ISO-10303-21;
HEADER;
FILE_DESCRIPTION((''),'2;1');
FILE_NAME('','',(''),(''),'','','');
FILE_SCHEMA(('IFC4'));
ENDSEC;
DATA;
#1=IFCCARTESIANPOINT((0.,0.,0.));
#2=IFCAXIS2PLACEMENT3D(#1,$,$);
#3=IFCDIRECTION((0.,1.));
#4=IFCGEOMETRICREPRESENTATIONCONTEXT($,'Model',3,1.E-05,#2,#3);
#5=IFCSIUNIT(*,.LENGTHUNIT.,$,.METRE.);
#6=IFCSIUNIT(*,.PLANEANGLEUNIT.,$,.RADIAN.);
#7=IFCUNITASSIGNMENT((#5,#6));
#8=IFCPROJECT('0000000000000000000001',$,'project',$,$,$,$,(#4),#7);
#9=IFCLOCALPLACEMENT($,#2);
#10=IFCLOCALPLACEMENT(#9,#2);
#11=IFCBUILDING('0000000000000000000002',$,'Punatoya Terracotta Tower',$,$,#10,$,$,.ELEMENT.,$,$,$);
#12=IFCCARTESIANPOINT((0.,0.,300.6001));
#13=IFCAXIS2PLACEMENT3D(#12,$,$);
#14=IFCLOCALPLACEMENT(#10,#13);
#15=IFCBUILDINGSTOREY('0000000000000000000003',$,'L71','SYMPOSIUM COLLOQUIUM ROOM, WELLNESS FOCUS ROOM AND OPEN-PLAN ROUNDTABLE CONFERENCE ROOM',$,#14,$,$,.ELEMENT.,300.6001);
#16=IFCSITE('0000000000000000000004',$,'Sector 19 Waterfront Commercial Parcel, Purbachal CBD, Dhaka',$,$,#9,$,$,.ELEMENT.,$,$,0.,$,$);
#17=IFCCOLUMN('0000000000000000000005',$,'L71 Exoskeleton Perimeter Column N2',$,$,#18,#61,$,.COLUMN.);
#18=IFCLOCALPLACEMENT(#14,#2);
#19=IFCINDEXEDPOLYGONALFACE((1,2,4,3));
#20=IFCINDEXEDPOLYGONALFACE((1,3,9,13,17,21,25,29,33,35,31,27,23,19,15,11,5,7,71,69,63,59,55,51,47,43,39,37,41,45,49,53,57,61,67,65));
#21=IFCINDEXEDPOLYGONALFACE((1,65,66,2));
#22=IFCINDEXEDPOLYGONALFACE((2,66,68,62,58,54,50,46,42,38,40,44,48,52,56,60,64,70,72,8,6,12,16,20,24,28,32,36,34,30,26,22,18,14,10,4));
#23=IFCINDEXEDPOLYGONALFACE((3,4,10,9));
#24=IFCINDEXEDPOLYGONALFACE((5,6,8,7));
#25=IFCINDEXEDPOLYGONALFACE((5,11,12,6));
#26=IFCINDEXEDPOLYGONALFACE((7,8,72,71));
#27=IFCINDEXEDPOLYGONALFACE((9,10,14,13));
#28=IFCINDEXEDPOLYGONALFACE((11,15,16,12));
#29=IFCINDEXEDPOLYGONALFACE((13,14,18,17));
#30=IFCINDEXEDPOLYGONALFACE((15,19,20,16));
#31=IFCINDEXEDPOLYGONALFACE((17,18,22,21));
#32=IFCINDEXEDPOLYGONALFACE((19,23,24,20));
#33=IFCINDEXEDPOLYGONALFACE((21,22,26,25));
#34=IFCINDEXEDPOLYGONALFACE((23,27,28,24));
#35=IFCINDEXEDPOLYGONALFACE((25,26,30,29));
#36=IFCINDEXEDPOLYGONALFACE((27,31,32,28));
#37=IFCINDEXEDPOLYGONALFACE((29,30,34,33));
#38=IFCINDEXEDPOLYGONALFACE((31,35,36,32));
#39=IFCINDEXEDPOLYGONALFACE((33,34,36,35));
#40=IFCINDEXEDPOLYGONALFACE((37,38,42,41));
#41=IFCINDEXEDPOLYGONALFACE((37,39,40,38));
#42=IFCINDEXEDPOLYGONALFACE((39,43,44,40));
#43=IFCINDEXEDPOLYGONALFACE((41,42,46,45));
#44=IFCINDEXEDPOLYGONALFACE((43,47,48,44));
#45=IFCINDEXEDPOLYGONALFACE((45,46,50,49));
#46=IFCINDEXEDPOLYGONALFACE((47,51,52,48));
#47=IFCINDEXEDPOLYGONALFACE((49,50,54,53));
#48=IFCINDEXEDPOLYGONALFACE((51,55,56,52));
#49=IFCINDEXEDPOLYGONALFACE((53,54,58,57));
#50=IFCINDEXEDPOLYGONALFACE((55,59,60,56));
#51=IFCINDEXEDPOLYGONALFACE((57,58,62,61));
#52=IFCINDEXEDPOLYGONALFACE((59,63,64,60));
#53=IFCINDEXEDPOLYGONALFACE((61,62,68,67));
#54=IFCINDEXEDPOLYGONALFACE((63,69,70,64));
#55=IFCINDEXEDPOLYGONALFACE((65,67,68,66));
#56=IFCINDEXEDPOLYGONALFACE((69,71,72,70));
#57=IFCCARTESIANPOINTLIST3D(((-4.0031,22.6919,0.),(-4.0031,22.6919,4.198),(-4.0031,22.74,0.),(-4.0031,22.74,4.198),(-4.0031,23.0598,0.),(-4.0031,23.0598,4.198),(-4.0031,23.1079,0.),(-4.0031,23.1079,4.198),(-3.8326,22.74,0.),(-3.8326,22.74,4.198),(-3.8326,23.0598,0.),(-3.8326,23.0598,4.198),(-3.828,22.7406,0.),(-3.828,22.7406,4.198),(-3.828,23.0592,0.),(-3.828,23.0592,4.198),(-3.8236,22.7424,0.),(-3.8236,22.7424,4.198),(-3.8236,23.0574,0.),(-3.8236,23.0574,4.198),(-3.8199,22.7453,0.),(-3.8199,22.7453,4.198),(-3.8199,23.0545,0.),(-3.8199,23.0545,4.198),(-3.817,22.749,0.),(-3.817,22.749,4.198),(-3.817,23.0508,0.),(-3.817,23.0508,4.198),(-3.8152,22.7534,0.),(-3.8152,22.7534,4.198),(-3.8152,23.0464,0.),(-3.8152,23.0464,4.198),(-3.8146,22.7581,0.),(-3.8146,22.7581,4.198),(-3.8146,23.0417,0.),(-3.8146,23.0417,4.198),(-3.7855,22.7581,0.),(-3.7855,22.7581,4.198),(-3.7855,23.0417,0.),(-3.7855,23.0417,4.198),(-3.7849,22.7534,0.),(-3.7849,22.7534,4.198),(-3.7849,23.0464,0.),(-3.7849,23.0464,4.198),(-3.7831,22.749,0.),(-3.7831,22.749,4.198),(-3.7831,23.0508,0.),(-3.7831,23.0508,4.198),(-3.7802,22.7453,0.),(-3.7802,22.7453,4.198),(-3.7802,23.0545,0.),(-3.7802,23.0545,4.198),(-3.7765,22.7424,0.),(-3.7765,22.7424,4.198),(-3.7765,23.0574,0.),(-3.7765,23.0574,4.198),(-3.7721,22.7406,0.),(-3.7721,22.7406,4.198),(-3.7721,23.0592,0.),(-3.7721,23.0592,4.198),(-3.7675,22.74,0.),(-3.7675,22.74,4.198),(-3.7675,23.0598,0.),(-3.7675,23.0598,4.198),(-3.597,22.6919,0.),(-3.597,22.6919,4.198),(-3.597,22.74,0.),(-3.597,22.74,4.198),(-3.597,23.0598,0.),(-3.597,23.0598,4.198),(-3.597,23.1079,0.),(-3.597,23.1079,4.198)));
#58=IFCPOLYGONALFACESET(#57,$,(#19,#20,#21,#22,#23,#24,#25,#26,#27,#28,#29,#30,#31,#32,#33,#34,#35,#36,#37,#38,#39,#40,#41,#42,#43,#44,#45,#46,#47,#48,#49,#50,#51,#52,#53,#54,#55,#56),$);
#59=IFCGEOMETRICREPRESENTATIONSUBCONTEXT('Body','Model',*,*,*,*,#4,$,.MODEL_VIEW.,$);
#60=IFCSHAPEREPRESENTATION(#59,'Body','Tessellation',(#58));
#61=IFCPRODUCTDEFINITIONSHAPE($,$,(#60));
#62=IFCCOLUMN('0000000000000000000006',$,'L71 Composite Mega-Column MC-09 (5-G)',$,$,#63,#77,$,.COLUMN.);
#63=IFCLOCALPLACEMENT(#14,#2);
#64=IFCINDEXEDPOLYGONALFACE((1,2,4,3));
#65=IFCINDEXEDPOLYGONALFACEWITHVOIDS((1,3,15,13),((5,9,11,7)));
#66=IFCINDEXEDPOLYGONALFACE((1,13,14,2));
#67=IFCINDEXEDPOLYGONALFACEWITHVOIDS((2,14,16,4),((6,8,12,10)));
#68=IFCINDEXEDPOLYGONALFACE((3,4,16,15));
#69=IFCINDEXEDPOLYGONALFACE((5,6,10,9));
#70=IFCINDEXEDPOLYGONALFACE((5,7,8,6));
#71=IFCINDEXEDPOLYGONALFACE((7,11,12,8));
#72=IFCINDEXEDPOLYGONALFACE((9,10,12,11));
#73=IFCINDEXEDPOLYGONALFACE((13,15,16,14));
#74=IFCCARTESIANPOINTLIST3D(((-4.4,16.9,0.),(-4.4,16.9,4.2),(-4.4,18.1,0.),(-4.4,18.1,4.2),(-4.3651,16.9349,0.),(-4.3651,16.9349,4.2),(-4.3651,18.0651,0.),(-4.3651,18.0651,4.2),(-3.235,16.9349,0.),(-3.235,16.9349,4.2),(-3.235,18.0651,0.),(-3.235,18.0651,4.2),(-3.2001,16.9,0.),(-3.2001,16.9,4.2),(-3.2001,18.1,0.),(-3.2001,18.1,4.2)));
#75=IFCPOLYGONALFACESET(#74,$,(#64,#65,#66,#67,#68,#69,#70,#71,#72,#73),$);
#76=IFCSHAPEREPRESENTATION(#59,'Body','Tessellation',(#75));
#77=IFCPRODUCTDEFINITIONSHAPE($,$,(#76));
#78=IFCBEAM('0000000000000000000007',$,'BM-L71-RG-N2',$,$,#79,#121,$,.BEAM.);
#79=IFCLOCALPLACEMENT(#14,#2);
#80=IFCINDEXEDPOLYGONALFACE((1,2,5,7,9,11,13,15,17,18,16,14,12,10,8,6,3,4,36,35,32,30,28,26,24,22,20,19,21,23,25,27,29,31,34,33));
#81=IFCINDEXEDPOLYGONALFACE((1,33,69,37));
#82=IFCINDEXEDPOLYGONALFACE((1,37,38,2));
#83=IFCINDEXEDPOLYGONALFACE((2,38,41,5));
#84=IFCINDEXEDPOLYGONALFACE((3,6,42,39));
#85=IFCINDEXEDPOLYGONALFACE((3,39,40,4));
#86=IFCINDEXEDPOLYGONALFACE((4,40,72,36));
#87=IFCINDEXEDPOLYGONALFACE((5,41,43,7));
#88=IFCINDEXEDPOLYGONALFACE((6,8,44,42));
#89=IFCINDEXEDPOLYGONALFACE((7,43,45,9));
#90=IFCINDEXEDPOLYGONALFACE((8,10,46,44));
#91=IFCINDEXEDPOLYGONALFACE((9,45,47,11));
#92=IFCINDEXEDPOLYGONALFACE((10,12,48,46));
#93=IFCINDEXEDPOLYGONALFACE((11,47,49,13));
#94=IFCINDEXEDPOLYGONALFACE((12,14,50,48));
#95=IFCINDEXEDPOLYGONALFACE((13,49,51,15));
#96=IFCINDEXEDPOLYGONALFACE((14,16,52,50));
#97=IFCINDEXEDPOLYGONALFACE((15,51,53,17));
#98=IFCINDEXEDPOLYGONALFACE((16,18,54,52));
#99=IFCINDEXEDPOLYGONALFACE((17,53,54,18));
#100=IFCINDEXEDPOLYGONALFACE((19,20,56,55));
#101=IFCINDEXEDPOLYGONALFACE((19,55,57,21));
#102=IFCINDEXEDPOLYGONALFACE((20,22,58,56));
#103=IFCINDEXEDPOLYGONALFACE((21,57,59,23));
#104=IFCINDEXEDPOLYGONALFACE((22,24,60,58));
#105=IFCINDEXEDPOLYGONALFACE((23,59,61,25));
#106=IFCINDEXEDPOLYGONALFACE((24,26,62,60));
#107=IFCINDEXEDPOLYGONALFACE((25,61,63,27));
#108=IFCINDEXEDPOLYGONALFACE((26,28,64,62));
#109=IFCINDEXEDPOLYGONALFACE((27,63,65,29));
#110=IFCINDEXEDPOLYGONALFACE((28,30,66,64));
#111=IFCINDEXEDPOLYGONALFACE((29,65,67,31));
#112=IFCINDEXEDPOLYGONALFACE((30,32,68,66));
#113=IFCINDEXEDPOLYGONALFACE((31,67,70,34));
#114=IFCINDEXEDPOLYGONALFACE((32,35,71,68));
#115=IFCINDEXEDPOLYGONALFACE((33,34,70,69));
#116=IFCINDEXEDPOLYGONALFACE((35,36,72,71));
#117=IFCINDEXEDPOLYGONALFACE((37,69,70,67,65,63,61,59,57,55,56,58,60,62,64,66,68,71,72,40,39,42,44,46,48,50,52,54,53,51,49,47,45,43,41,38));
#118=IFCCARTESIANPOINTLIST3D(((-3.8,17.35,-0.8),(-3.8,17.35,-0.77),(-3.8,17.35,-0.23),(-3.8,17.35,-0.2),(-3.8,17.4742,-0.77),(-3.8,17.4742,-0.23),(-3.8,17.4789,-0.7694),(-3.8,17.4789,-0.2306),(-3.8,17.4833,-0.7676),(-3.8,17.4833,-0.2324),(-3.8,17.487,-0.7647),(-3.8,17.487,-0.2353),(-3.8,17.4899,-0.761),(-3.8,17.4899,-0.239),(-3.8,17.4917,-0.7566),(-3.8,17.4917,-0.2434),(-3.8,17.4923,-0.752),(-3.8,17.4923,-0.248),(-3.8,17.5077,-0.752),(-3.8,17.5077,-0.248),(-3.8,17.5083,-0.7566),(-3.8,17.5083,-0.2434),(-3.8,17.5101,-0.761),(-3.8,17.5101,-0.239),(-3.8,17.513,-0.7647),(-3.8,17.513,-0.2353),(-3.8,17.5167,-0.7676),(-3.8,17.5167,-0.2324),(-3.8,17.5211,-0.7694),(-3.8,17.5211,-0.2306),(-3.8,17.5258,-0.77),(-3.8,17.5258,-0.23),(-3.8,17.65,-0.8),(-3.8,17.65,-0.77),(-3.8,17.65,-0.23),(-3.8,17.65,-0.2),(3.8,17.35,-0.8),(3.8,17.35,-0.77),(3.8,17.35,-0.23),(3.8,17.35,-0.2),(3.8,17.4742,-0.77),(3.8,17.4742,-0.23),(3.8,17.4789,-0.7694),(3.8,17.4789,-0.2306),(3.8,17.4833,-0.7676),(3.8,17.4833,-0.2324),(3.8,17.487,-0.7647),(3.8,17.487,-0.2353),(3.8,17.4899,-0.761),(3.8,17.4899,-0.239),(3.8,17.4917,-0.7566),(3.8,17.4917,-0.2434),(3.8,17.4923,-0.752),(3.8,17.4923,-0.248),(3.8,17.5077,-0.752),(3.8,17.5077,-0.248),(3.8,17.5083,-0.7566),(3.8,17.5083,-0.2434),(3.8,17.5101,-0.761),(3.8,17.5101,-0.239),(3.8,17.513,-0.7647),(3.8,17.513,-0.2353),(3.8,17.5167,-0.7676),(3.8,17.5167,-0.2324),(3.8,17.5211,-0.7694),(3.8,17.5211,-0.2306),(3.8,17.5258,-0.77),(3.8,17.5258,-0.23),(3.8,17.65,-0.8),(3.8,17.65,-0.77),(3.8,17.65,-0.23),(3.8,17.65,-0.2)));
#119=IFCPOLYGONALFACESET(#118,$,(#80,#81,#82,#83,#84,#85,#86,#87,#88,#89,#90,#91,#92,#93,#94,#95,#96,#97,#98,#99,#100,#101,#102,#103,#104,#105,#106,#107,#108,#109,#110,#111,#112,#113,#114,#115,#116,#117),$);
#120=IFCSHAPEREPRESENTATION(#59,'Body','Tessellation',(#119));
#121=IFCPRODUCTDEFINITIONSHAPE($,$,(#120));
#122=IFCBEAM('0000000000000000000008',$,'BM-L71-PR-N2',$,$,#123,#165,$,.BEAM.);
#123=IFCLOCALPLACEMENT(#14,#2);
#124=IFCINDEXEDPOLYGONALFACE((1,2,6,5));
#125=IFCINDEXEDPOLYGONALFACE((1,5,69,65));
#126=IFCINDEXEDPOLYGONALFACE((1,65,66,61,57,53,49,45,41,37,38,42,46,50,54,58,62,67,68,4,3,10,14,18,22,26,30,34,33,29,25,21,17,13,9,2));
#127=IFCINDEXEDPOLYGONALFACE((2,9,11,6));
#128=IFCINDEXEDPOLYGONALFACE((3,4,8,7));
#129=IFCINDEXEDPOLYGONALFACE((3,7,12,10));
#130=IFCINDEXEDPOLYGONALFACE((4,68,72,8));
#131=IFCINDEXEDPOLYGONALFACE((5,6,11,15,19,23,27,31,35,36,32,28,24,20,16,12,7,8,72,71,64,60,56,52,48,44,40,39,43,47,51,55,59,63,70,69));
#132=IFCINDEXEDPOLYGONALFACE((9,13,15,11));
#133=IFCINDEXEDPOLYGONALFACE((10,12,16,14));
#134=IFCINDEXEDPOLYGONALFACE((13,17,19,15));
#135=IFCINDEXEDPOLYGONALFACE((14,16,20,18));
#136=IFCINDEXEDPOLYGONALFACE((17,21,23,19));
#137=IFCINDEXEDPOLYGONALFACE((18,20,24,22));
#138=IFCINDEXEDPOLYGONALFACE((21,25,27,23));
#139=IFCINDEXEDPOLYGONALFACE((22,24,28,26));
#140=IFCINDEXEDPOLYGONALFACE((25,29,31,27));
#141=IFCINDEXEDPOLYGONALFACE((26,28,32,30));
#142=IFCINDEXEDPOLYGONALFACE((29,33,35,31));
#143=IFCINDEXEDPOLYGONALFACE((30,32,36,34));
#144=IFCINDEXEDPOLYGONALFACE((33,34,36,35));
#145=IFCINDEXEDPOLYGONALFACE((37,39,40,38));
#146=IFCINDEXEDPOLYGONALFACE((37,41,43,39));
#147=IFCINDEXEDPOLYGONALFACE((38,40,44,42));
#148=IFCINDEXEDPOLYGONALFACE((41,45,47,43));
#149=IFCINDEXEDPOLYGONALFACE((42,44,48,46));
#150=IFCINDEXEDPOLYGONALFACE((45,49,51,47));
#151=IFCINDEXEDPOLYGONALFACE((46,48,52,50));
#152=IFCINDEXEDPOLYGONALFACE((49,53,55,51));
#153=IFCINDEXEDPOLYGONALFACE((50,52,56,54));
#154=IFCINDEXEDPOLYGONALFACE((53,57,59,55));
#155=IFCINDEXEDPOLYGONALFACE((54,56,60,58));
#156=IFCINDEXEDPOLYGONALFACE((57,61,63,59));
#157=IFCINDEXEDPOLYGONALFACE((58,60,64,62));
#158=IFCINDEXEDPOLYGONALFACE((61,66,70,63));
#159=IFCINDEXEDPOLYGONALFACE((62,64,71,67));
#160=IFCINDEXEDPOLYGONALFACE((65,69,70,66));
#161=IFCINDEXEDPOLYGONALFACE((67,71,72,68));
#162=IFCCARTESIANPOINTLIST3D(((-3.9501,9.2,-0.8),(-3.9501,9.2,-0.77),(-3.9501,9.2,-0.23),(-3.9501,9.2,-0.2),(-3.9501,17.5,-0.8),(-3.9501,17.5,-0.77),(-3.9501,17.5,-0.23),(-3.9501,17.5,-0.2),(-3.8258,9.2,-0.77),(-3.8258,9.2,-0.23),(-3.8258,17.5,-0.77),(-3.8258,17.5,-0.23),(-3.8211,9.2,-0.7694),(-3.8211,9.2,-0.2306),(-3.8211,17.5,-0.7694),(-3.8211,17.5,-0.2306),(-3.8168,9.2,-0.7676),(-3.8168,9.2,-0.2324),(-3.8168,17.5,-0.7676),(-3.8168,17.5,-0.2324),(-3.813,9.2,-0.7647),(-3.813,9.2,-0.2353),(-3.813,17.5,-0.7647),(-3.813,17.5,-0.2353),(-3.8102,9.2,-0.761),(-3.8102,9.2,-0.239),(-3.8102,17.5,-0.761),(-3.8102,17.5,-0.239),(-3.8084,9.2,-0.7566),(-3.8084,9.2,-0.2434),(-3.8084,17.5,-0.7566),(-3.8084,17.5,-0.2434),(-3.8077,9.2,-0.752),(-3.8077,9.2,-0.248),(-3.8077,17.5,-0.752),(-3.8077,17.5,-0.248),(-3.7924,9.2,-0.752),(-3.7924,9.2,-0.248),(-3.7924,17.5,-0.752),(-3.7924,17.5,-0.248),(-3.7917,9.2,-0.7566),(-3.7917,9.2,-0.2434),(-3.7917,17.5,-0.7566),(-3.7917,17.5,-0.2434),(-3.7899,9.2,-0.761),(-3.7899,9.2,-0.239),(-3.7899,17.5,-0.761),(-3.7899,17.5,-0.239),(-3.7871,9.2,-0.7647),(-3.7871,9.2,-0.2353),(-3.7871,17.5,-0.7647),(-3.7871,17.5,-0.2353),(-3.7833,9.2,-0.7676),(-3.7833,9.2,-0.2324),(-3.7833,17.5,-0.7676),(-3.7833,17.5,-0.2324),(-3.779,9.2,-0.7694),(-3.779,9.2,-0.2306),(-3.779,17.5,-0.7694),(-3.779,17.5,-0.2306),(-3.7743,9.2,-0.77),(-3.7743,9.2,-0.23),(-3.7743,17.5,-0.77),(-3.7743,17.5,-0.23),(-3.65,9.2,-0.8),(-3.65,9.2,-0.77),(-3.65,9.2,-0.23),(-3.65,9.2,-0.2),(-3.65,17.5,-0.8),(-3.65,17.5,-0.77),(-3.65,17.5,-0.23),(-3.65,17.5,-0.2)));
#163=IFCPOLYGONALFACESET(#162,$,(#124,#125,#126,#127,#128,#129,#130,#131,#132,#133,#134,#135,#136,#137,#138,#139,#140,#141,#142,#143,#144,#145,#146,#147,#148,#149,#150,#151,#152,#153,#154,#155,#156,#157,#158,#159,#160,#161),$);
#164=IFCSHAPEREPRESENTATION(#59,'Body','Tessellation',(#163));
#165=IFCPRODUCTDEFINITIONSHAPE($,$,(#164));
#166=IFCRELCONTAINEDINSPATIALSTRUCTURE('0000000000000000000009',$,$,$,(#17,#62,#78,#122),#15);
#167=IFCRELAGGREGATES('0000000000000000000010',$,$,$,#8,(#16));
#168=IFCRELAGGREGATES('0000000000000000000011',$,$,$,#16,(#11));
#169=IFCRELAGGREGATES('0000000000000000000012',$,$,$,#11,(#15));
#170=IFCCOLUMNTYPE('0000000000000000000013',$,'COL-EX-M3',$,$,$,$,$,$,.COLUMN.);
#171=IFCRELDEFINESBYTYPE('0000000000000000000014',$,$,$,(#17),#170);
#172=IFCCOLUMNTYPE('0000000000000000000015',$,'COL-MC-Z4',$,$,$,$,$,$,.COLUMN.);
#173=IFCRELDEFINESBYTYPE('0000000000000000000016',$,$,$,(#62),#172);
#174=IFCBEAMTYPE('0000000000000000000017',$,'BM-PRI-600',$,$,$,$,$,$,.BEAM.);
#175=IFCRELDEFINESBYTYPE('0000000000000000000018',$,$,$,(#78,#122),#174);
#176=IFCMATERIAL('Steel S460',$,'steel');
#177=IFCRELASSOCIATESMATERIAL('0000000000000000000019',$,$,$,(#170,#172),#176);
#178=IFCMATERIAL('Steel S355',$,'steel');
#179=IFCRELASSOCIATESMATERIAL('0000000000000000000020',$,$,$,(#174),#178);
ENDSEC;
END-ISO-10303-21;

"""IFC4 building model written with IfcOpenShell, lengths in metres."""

from ifc_helpers import new_model, si_unit, direction, frame, origin, origin_2d, place, context, subcontext, project, spatial, hollow_rectangle, i_section, extrude, material, material_profile, profile_set, type_object, element, save


model = new_model("IFC4")

# Units and contexts
model_context = context("Model", 3, precision=1e-05, world=origin(), true_north=direction((0.0, 1.0)))
body_context = subcontext(model_context, "Body", "Model", "MODEL_VIEW")
ifc_project = project(units=[si_unit("LENGTHUNIT", "METRE"), si_unit("PLANEANGLEUNIT", "RADIAN")], contexts=[model_context])

# Site, building, storey
site_placement = place(None, origin())
site = spatial("IfcSite", under=ifc_project, at=site_placement, Name="Sector 19 Waterfront Commercial Parcel, Purbachal CBD, Dhaka", CompositionType="ELEMENT", RefElevation=0.0)
building_placement = place(site_placement, origin())
building = spatial("IfcBuilding", under=site, at=building_placement, Name="Punatoya Terracotta Tower", CompositionType="ELEMENT")
storey_placement = place(building_placement, frame((0.0, 0.0, 300.6001)))
storey = spatial("IfcBuildingStorey", under=building, at=storey_placement, Name="L71", Description="SYMPOSIUM COLLOQUIUM ROOM, WELLNESS FOCUS ROOM AND OPEN-PLAN ROUNDTABLE CONFERENCE ROOM", CompositionType="ELEMENT", Elevation=300.6001)

# Columns
ifc_material_1 = material(Name="Steel S460", Category="steel")
ifc_material_profile_1 = material_profile(ifc_material_1, i_section(OverallWidth=0.406, OverallDepth=0.416, WebThickness=0.0291, FlangeThickness=0.0481, FilletRadius=0.0181, at=origin_2d()))
ifc_profile_set_1 = profile_set([ifc_material_profile_1], Name="Steel S460")
column_type_1 = type_object("IfcColumnType", Name="COL-EX-M3", PredefinedType="COLUMN", material=ifc_profile_set_1)
column_1_placement = place(storey_placement, frame((-3.8, 22.8999, 0.0), z_axis=(0.0, 0.0, 1.0), x_axis=(1.0, 0.0, 0.0)))
element("IfcColumn", 1, at=column_1_placement, inside=storey, type_object=column_type_1, Name="L71 Exoskeleton Perimeter Column N2", PredefinedType="COLUMN", context=body_context, shape_type="SweptSolid", body=[
    extrude(i_section(OverallWidth=0.406, OverallDepth=0.416, WebThickness=0.0291, FlangeThickness=0.0481, FilletRadius=0.0181, at=origin_2d()), origin(), (0.0, 0.0, 1.0), 4.198),
])
ifc_material_profile_2 = material_profile(ifc_material_1, hollow_rectangle(XDim=1.2, YDim=1.2, WallThickness=0.0349, at=origin_2d()))
ifc_profile_set_2 = profile_set([ifc_material_profile_2], Name="Steel S460")
column_type_2 = type_object("IfcColumnType", Name="COL-MC-Z4", PredefinedType="COLUMN", material=ifc_profile_set_2)
column_2_placement = place(storey_placement, frame((-3.8, 17.5, 0.0), z_axis=(0.0, 0.0, 1.0), x_axis=(1.0, 0.0, 0.0)))
element("IfcColumn", 2, at=column_2_placement, inside=storey, type_object=column_type_2, Name="L71 Composite Mega-Column MC-09 (5-G)", PredefinedType="COLUMN", context=body_context, shape_type="SweptSolid", body=[
    extrude(hollow_rectangle(XDim=1.2, YDim=1.2, WallThickness=0.0349, at=origin_2d()), origin(), (0.0, 0.0, 1.0), 4.2),
])

# Beams
ifc_material_2 = material(Name="Steel S355", Category="steel")
ifc_material_profile_3 = material_profile(ifc_material_2, i_section(OverallWidth=0.3, OverallDepth=0.6001, WebThickness=0.0154, FlangeThickness=0.03, FilletRadius=0.0181, at=origin_2d()))
ifc_profile_set_3 = profile_set([ifc_material_profile_3], Name="Steel S355")
beam_type_1 = type_object("IfcBeamType", Name="BM-PRI-600", PredefinedType="BEAM", material=ifc_profile_set_3)
beam_1_placement = place(storey_placement, frame((-3.8, 17.5, -0.5), z_axis=(1.0, 0.0, 0.0), x_axis=(0.0, 1.0, 0.0)))
element("IfcBeam", 3, at=beam_1_placement, inside=storey, type_object=beam_type_1, Name="BM-L71-RG-N2", PredefinedType="BEAM", context=body_context, shape_type="SweptSolid", body=[
    extrude(i_section(OverallWidth=0.3, OverallDepth=0.6001, WebThickness=0.0154, FlangeThickness=0.03, FilletRadius=0.0181, at=origin_2d()), origin(), (0.0, 0.0, 1.0), 7.6001),
])
beam_2_placement = place(storey_placement, frame((-3.8, 9.2, -0.5), z_axis=(0.0, 1.0, 0.0), x_axis=(-1.0, 0.0, 0.0)))
element("IfcBeam", 4, at=beam_2_placement, inside=storey, type_object=beam_type_1, Name="BM-L71-PR-N2", PredefinedType="BEAM", context=body_context, shape_type="SweptSolid", body=[
    extrude(i_section(OverallWidth=0.3, OverallDepth=0.6001, WebThickness=0.0154, FlangeThickness=0.03, FilletRadius=0.0181, at=origin_2d()), origin(), (0.0, 0.0, 1.0), 8.3),
])

save(model, "model.ifc")
